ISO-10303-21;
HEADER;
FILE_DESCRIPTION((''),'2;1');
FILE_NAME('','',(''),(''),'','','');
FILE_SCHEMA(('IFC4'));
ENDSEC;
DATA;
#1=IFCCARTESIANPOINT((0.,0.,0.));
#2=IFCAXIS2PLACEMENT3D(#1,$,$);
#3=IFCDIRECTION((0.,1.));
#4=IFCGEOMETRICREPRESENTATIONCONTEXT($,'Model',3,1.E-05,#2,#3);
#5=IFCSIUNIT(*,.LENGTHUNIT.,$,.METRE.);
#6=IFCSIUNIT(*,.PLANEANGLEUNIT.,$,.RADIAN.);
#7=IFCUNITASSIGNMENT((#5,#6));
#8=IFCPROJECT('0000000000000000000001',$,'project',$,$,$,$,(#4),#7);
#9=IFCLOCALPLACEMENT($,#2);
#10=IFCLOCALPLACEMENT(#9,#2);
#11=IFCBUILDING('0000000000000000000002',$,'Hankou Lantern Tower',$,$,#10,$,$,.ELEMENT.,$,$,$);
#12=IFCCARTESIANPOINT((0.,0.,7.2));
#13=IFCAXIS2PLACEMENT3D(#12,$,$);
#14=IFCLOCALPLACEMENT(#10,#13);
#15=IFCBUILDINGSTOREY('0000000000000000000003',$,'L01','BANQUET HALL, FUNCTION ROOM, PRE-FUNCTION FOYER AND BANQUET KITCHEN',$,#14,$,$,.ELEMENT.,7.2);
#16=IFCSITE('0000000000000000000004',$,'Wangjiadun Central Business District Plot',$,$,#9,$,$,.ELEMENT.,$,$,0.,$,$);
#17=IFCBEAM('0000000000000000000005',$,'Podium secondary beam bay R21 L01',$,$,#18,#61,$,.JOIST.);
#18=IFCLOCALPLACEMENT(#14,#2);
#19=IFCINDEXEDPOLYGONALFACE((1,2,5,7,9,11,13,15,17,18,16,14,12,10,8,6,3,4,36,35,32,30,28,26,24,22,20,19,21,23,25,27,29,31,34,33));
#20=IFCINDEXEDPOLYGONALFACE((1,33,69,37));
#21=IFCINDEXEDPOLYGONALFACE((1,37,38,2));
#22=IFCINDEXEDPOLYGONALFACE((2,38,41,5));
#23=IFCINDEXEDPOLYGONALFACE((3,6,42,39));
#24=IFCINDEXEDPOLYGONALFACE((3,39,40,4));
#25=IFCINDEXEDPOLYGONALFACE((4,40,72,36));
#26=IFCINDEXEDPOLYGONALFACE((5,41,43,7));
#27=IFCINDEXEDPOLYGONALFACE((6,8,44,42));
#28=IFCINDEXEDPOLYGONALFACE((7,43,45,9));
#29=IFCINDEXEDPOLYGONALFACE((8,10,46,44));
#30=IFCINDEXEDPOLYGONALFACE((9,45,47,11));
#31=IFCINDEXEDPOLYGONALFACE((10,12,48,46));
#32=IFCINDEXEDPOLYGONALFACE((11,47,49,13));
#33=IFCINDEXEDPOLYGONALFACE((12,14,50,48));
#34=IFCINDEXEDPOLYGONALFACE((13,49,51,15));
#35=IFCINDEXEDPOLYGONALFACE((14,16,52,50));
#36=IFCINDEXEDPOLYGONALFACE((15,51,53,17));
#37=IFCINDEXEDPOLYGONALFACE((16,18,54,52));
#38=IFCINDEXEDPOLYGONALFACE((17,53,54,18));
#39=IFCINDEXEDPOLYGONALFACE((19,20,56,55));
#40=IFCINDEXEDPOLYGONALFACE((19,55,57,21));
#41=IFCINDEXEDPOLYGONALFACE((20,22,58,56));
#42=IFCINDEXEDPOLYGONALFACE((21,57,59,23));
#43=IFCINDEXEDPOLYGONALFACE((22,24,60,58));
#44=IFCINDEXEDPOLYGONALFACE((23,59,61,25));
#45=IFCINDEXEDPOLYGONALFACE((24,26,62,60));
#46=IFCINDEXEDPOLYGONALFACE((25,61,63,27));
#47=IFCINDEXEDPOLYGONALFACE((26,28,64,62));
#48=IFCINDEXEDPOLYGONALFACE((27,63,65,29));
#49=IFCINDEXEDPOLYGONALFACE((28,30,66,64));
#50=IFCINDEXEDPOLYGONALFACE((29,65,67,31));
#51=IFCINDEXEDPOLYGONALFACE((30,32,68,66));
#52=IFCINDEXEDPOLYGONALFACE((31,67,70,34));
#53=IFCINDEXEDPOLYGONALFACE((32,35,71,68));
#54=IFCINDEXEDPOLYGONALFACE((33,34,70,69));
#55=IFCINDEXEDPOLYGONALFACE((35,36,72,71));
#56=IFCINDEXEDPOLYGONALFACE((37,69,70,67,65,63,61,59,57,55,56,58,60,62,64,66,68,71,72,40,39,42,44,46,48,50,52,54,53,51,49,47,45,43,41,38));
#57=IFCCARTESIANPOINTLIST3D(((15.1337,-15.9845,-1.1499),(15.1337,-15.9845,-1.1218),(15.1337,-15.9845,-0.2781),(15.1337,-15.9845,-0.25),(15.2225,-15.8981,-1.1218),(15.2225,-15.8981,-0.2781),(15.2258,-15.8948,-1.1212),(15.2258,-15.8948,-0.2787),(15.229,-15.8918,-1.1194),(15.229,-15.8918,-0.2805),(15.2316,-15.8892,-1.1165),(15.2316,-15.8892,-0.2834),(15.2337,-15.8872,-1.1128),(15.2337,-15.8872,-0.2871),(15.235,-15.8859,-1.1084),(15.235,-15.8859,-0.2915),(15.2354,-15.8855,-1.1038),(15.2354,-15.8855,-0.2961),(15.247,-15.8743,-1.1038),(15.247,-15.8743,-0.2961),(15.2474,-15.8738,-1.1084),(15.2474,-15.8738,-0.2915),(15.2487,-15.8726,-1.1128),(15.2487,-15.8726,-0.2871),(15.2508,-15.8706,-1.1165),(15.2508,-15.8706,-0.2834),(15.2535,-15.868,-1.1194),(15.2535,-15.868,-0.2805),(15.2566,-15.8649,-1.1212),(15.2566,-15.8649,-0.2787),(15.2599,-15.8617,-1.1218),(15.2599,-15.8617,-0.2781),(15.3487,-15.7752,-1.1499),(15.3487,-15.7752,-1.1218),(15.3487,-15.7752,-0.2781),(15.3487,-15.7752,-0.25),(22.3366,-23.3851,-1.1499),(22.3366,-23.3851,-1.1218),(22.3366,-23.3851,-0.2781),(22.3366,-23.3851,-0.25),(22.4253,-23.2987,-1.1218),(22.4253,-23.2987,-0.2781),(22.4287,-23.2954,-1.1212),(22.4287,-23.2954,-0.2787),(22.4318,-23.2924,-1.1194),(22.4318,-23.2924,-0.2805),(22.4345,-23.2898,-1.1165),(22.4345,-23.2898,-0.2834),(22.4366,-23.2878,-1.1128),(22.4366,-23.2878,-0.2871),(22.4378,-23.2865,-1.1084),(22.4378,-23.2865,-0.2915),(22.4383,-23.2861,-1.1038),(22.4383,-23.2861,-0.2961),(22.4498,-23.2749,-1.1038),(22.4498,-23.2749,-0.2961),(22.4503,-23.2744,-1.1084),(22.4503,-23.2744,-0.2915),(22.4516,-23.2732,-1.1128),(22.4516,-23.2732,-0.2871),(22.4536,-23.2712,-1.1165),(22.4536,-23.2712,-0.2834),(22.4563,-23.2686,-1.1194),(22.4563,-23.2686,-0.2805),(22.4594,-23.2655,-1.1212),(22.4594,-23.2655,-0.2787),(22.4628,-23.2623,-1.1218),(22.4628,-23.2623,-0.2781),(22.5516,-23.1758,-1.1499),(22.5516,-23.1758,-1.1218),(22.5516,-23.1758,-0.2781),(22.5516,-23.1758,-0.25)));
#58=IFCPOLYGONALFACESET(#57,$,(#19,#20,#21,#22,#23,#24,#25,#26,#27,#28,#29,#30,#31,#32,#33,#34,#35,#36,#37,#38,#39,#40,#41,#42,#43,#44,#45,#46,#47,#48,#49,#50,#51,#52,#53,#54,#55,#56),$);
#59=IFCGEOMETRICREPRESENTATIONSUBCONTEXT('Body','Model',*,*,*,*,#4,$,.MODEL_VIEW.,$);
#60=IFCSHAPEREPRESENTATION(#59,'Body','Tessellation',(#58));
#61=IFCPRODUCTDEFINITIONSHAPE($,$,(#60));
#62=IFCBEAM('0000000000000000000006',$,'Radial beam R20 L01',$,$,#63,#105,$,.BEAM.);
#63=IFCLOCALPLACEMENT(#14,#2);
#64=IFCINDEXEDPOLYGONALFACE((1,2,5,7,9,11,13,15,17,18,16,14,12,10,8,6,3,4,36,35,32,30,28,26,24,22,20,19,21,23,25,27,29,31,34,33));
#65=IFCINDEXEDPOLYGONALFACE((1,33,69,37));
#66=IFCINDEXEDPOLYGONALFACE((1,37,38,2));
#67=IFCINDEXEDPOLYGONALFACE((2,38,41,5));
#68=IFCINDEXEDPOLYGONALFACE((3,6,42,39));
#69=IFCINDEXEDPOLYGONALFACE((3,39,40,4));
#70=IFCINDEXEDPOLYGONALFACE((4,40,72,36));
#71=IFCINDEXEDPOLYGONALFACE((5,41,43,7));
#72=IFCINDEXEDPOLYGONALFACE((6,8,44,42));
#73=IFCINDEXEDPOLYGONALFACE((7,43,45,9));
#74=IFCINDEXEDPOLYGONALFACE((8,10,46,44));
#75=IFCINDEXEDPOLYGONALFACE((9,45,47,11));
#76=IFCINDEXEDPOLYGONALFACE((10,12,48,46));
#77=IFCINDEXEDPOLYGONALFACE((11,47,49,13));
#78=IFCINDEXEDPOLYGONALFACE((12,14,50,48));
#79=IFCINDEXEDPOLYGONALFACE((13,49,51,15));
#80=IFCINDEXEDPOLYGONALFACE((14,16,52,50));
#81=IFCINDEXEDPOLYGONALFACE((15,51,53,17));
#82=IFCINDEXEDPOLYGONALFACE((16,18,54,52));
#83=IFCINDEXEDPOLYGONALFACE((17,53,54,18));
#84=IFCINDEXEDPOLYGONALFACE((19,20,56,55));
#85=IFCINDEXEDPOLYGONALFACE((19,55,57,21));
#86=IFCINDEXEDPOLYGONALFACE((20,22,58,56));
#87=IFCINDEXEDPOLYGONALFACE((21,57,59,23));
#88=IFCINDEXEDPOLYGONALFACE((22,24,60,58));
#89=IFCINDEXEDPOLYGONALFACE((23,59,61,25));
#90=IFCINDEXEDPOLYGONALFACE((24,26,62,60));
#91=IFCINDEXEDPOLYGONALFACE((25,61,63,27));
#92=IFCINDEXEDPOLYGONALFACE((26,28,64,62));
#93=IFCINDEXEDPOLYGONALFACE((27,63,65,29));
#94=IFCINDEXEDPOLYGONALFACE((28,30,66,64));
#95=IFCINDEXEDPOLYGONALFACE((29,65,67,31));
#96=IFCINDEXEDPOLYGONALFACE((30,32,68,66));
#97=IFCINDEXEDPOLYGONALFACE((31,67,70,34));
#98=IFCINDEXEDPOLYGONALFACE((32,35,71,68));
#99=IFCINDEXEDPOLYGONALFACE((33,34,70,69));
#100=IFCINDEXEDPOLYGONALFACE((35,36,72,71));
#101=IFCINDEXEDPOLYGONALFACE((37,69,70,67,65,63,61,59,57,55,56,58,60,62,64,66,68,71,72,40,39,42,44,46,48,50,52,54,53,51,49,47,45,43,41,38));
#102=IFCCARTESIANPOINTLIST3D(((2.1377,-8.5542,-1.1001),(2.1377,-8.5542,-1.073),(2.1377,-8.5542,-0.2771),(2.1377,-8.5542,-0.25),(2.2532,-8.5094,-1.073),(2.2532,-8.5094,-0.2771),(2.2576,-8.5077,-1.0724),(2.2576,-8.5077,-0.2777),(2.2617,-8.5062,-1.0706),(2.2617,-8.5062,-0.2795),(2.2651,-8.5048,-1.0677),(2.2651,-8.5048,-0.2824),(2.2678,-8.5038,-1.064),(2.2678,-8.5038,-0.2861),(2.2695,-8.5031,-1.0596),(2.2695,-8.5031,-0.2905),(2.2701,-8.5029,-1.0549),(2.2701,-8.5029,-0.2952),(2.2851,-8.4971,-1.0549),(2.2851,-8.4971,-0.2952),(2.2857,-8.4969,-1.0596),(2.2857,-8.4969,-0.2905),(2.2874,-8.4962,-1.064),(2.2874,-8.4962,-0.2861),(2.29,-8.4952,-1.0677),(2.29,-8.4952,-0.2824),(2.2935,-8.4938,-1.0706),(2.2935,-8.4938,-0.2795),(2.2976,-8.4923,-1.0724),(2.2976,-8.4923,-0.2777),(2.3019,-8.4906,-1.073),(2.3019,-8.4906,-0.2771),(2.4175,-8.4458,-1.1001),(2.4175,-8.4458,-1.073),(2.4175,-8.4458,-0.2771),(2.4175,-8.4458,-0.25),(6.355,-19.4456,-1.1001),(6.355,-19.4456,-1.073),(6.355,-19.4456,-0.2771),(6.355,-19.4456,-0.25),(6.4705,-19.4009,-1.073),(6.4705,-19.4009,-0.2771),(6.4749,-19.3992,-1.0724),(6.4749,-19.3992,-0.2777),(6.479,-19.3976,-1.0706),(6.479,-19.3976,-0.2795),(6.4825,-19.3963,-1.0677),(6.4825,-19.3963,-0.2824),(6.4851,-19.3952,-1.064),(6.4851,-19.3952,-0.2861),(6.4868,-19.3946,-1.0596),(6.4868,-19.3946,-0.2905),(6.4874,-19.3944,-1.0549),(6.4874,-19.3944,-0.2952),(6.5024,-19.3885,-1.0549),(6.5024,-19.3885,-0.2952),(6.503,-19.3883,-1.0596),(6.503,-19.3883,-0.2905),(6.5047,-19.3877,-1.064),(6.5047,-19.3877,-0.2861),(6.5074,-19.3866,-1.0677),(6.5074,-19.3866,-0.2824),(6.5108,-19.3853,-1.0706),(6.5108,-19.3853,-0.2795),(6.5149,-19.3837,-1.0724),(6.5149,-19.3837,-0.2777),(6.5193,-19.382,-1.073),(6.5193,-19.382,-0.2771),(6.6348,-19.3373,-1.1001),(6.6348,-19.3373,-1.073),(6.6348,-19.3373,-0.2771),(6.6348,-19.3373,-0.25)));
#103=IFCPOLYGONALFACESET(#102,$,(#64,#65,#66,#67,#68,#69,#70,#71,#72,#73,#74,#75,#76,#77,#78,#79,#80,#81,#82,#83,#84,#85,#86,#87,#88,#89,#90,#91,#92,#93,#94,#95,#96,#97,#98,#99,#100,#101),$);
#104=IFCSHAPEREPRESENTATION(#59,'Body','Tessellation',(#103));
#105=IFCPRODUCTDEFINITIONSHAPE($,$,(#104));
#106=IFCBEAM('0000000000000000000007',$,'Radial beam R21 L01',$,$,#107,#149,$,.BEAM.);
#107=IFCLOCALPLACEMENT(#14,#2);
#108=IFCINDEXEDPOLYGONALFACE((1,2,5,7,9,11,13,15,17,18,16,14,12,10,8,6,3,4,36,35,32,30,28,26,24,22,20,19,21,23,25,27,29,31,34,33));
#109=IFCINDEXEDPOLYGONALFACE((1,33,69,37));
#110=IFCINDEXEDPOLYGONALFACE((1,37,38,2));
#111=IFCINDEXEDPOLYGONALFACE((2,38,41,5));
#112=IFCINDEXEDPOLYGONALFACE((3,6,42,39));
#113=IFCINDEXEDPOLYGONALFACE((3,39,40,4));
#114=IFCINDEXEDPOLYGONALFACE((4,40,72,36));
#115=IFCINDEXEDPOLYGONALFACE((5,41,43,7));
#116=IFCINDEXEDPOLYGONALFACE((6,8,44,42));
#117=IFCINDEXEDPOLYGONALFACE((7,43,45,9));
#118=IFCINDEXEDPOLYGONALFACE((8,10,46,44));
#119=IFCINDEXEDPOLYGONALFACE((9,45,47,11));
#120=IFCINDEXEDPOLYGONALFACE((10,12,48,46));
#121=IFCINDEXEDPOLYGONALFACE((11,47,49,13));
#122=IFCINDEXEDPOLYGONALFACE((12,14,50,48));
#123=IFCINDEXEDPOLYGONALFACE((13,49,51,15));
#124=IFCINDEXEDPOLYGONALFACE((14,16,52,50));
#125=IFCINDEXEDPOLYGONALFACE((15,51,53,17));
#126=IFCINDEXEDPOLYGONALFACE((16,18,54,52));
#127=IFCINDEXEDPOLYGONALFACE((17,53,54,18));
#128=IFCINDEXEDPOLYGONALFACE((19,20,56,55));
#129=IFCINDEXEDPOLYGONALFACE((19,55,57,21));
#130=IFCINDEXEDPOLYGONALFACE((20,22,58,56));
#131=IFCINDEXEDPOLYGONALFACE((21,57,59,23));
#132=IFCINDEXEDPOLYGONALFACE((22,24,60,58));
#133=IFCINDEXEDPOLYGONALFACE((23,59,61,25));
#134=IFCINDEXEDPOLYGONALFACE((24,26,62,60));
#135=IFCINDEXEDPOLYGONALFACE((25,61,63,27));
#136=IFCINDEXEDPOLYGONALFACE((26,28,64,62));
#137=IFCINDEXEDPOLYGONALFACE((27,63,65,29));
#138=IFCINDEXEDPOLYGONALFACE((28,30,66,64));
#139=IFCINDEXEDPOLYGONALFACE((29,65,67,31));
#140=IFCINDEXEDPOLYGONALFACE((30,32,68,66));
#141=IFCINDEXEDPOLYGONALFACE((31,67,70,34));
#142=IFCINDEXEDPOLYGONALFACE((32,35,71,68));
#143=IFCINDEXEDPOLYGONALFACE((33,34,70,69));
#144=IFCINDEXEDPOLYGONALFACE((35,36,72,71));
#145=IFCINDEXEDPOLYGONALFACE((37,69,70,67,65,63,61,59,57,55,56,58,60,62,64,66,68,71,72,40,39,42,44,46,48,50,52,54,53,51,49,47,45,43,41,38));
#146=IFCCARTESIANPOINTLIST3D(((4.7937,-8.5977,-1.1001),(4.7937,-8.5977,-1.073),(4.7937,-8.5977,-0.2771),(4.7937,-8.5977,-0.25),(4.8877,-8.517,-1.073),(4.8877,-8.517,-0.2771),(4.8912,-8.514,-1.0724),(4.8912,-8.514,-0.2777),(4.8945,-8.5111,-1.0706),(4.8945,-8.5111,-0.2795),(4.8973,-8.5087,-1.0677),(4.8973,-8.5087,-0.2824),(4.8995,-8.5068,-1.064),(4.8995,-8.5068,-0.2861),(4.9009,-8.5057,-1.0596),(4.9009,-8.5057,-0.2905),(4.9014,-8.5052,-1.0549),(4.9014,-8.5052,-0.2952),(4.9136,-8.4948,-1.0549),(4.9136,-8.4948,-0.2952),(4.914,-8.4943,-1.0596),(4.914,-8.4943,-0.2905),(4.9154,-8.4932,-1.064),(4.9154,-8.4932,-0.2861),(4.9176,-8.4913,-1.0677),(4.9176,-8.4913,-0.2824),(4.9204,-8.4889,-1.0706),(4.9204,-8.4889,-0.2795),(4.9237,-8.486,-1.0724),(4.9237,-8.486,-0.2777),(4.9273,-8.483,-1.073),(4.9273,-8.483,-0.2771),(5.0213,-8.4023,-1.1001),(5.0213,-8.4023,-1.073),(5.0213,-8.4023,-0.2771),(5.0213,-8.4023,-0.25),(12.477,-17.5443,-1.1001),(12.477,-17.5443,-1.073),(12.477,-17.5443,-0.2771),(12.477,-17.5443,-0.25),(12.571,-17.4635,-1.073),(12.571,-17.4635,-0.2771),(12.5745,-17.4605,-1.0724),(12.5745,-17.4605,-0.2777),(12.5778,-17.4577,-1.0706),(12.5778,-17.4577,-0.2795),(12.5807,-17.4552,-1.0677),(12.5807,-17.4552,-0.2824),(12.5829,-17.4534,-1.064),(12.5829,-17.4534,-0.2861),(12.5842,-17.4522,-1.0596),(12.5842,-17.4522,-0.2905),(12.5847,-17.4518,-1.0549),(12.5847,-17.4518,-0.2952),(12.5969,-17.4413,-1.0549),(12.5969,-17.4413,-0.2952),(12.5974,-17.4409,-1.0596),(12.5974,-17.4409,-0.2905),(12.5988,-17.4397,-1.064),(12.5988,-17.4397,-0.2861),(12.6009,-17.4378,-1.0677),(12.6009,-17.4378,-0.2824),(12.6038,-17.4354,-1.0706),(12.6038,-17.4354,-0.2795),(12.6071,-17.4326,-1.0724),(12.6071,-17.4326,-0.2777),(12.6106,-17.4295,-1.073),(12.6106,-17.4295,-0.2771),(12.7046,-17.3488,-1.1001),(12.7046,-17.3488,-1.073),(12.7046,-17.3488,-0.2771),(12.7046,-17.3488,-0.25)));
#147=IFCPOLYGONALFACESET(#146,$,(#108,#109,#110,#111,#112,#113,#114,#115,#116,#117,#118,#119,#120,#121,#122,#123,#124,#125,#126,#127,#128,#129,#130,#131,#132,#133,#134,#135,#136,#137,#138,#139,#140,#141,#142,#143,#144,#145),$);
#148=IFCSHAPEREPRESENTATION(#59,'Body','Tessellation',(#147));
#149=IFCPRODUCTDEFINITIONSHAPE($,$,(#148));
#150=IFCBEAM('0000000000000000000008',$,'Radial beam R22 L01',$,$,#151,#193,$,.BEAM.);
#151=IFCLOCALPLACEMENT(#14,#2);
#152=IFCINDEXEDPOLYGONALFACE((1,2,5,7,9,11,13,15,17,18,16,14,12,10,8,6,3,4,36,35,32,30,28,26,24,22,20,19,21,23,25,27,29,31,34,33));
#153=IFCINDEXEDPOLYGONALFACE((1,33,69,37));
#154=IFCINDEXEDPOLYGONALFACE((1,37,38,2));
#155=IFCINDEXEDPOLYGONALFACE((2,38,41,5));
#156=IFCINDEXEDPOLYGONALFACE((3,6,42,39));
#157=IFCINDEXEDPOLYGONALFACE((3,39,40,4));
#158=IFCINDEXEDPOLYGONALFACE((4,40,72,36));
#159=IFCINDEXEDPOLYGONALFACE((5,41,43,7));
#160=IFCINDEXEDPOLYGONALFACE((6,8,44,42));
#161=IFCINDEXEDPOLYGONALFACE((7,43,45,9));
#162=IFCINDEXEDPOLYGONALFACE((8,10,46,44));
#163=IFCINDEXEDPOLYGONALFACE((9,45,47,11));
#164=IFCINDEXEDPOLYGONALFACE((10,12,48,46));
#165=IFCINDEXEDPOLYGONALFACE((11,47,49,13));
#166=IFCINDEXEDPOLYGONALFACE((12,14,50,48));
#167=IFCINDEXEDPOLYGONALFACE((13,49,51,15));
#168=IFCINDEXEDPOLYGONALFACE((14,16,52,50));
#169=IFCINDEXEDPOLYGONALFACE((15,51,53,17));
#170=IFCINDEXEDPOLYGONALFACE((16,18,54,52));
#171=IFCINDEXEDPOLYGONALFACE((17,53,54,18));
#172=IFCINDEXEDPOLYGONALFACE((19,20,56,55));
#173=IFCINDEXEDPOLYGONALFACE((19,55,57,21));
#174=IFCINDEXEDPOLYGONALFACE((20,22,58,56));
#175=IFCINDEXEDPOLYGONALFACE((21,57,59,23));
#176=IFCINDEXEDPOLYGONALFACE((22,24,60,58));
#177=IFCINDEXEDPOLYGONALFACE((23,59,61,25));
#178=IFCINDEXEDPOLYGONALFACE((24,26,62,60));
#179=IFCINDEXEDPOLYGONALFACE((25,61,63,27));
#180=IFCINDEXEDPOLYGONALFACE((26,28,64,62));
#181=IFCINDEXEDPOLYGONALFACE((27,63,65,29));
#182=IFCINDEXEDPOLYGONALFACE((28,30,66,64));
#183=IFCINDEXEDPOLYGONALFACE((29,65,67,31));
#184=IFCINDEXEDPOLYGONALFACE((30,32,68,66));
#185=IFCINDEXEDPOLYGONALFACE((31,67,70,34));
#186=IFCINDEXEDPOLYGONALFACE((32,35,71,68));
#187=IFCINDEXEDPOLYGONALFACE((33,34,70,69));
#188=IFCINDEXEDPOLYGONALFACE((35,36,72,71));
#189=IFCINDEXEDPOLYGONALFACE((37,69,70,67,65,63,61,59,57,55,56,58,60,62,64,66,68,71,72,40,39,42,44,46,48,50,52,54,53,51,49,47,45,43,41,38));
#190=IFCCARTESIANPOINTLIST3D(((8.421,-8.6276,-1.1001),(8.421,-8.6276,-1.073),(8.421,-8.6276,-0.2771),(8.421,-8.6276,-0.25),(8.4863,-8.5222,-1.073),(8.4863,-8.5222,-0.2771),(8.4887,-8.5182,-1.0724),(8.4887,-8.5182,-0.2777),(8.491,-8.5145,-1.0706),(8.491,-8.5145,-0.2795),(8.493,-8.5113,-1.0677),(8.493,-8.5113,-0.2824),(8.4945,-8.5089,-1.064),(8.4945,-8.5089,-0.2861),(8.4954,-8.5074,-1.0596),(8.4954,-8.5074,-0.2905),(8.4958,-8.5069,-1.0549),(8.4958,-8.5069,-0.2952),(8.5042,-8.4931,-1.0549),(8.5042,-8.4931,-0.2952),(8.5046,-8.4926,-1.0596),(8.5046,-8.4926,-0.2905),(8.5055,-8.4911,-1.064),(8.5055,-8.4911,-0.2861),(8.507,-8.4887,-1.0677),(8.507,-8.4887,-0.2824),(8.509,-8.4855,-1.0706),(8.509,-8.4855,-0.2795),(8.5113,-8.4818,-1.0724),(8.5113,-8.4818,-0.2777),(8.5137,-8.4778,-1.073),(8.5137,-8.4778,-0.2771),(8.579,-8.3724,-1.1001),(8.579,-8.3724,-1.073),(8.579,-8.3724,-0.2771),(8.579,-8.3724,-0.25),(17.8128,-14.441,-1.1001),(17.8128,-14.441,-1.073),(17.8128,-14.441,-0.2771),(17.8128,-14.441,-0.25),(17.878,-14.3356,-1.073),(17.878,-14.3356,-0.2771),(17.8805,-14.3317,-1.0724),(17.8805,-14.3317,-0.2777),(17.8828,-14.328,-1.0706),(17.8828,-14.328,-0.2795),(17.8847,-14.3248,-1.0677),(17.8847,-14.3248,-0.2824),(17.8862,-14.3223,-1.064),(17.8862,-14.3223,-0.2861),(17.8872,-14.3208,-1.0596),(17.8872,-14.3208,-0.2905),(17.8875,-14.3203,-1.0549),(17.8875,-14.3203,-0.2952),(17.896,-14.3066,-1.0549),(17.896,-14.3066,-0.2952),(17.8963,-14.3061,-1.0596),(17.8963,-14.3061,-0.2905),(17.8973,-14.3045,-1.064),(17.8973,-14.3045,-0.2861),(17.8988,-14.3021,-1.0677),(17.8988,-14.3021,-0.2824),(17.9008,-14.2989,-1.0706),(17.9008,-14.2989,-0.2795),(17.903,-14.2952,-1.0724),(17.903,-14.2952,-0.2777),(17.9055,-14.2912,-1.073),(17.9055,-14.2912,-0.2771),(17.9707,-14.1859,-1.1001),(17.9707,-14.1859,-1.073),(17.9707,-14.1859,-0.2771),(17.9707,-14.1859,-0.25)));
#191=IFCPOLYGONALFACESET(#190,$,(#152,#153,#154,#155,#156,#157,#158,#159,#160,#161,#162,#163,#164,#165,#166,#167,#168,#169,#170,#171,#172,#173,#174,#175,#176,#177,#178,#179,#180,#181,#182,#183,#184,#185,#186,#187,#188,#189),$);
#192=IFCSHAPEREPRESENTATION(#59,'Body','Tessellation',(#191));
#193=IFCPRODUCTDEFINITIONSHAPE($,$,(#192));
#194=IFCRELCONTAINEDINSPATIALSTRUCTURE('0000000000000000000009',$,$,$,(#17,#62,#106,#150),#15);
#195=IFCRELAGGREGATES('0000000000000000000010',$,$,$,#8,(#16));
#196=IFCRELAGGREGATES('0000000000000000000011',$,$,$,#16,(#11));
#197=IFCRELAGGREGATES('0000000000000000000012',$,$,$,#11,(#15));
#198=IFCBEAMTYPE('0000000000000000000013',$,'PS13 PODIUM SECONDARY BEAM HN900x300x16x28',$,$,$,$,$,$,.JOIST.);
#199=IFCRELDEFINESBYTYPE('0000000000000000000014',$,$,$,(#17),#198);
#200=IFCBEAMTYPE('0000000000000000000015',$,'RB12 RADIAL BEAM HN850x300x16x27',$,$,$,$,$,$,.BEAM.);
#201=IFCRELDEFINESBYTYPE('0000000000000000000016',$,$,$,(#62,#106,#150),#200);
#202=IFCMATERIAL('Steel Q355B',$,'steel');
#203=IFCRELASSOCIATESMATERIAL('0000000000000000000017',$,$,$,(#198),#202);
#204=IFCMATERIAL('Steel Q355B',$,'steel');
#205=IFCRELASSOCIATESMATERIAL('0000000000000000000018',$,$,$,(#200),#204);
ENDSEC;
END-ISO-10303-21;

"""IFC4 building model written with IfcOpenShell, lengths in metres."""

from ifc_helpers import new_model, si_unit, direction, frame, origin, origin_2d, place, context, subcontext, project, spatial, i_section, extrude, material, material_profile, profile_set, type_object, element, save


model = new_model("IFC4")

# Units and contexts
model_context = context("Model", 3, precision=1e-05, world=origin(), true_north=direction((0.0, 1.0)))
body_context = subcontext(model_context, "Body", "Model", "MODEL_VIEW")
ifc_project = project(units=[si_unit("LENGTHUNIT", "METRE"), si_unit("PLANEANGLEUNIT", "RADIAN")], contexts=[model_context])

# Site, building, storey
site_placement = place(None, origin())
site = spatial("IfcSite", under=ifc_project, at=site_placement, Name="Wangjiadun Central Business District Plot", CompositionType="ELEMENT", RefElevation=0.0)
building_placement = place(site_placement, origin())
building = spatial("IfcBuilding", under=site, at=building_placement, Name="Hankou Lantern Tower", CompositionType="ELEMENT")
storey_placement = place(building_placement, frame((0.0, 0.0, 7.2)))
storey = spatial("IfcBuildingStorey", under=building, at=storey_placement, Name="L01", Description="BANQUET HALL, FUNCTION ROOM, PRE-FUNCTION FOYER AND BANQUET KITCHEN", CompositionType="ELEMENT", Elevation=7.2)

# Beams
ifc_material_1 = material(Name="Steel Q355B", Category="steel")
ifc_material_profile_1 = material_profile(ifc_material_1, i_section(OverallWidth=0.3, OverallDepth=0.8999, WebThickness=0.0161, FlangeThickness=0.0281, FilletRadius=0.0181, at=origin_2d()), Name="HN900x300x16x28")
ifc_profile_set_1 = profile_set([ifc_material_profile_1], Name="Steel Q355B")
beam_type_1 = type_object("IfcBeamType", Name="PS13 PODIUM SECONDARY BEAM HN900x300x16x28", PredefinedType="JOIST", material=ifc_profile_set_1)
beam_1_placement = place(storey_placement, frame((15.2412, -15.8799, -0.7), z_axis=(0.697468, -0.716616, 0.0), x_axis=(0.716616, 0.697468, 0.0)))
element("IfcBeam", 1, at=beam_1_placement, inside=storey, type_object=beam_type_1, Name="Podium secondary beam bay R21 L01", PredefinedType="JOIST", context=body_context, shape_type="SweptSolid", body=[
    extrude(i_section(OverallWidth=0.3, OverallDepth=0.8999, WebThickness=0.0161, FlangeThickness=0.0281, FilletRadius=0.0181, at=origin_2d()), origin(), (0.0, 0.0, 1.0), 10.3271),
])
ifc_material_2 = material(Name="Steel Q355B", Category="steel")
ifc_material_profile_2 = material_profile(ifc_material_2, i_section(OverallWidth=0.3, OverallDepth=0.8501, WebThickness=0.0161, FlangeThickness=0.0271, FilletRadius=0.0181, at=origin_2d()), Name="HN850x300x16x27")
ifc_profile_set_2 = profile_set([ifc_material_profile_2], Name="Steel Q355B")
beam_type_2 = type_object("IfcBeamType", Name="RB12 RADIAL BEAM HN850x300x16x27", PredefinedType="BEAM", material=ifc_profile_set_2)
beam_2_placement = place(storey_placement, frame((2.2776, -8.5, -0.675), z_axis=(0.361089, -0.932531, 0.0), x_axis=(0.932531, 0.361089, 0.0)))
element("IfcBeam", 2, at=beam_2_placement, inside=storey, type_object=beam_type_2, Name="Radial beam R20 L01", PredefinedType="BEAM", context=body_context, shape_type="SweptSolid", body=[
    extrude(i_section(OverallWidth=0.3, OverallDepth=0.8501, WebThickness=0.0161, FlangeThickness=0.0271, FilletRadius=0.0181, at=origin_2d()), origin(), (0.0, 0.0, 1.0), 11.6794),
])
beam_3_placement = place(storey_placement, frame((4.9075, -8.5, -0.675), z_axis=(0.651519, -0.758632, 0.0), x_axis=(0.758632, 0.651519, 0.0)))
element("IfcBeam", 3, at=beam_3_placement, inside=storey, type_object=beam_type_2, Name="Radial beam R21 L01", PredefinedType="BEAM", context=body_context, shape_type="SweptSolid", body=[
    extrude(i_section(OverallWidth=0.3, OverallDepth=0.8501, WebThickness=0.0161, FlangeThickness=0.0271, FilletRadius=0.0181, at=origin_2d()), origin(), (0.0, 0.0, 1.0), 11.793),
])
beam_4_placement = place(storey_placement, frame((8.5, -8.5, -0.675), z_axis=(0.850286, -0.52632, 0.0), x_axis=(0.52632, 0.850286, 0.0)))
element("IfcBeam", 4, at=beam_4_placement, inside=storey, type_object=beam_type_2, Name="Radial beam R22 L01", PredefinedType="BEAM", context=body_context, shape_type="SweptSolid", body=[
    extrude(i_section(OverallWidth=0.3, OverallDepth=0.8501, WebThickness=0.0161, FlangeThickness=0.0271, FilletRadius=0.0181, at=origin_2d()), origin(), (0.0, 0.0, 1.0), 11.0454),
])

save(model, "model.ifc")
